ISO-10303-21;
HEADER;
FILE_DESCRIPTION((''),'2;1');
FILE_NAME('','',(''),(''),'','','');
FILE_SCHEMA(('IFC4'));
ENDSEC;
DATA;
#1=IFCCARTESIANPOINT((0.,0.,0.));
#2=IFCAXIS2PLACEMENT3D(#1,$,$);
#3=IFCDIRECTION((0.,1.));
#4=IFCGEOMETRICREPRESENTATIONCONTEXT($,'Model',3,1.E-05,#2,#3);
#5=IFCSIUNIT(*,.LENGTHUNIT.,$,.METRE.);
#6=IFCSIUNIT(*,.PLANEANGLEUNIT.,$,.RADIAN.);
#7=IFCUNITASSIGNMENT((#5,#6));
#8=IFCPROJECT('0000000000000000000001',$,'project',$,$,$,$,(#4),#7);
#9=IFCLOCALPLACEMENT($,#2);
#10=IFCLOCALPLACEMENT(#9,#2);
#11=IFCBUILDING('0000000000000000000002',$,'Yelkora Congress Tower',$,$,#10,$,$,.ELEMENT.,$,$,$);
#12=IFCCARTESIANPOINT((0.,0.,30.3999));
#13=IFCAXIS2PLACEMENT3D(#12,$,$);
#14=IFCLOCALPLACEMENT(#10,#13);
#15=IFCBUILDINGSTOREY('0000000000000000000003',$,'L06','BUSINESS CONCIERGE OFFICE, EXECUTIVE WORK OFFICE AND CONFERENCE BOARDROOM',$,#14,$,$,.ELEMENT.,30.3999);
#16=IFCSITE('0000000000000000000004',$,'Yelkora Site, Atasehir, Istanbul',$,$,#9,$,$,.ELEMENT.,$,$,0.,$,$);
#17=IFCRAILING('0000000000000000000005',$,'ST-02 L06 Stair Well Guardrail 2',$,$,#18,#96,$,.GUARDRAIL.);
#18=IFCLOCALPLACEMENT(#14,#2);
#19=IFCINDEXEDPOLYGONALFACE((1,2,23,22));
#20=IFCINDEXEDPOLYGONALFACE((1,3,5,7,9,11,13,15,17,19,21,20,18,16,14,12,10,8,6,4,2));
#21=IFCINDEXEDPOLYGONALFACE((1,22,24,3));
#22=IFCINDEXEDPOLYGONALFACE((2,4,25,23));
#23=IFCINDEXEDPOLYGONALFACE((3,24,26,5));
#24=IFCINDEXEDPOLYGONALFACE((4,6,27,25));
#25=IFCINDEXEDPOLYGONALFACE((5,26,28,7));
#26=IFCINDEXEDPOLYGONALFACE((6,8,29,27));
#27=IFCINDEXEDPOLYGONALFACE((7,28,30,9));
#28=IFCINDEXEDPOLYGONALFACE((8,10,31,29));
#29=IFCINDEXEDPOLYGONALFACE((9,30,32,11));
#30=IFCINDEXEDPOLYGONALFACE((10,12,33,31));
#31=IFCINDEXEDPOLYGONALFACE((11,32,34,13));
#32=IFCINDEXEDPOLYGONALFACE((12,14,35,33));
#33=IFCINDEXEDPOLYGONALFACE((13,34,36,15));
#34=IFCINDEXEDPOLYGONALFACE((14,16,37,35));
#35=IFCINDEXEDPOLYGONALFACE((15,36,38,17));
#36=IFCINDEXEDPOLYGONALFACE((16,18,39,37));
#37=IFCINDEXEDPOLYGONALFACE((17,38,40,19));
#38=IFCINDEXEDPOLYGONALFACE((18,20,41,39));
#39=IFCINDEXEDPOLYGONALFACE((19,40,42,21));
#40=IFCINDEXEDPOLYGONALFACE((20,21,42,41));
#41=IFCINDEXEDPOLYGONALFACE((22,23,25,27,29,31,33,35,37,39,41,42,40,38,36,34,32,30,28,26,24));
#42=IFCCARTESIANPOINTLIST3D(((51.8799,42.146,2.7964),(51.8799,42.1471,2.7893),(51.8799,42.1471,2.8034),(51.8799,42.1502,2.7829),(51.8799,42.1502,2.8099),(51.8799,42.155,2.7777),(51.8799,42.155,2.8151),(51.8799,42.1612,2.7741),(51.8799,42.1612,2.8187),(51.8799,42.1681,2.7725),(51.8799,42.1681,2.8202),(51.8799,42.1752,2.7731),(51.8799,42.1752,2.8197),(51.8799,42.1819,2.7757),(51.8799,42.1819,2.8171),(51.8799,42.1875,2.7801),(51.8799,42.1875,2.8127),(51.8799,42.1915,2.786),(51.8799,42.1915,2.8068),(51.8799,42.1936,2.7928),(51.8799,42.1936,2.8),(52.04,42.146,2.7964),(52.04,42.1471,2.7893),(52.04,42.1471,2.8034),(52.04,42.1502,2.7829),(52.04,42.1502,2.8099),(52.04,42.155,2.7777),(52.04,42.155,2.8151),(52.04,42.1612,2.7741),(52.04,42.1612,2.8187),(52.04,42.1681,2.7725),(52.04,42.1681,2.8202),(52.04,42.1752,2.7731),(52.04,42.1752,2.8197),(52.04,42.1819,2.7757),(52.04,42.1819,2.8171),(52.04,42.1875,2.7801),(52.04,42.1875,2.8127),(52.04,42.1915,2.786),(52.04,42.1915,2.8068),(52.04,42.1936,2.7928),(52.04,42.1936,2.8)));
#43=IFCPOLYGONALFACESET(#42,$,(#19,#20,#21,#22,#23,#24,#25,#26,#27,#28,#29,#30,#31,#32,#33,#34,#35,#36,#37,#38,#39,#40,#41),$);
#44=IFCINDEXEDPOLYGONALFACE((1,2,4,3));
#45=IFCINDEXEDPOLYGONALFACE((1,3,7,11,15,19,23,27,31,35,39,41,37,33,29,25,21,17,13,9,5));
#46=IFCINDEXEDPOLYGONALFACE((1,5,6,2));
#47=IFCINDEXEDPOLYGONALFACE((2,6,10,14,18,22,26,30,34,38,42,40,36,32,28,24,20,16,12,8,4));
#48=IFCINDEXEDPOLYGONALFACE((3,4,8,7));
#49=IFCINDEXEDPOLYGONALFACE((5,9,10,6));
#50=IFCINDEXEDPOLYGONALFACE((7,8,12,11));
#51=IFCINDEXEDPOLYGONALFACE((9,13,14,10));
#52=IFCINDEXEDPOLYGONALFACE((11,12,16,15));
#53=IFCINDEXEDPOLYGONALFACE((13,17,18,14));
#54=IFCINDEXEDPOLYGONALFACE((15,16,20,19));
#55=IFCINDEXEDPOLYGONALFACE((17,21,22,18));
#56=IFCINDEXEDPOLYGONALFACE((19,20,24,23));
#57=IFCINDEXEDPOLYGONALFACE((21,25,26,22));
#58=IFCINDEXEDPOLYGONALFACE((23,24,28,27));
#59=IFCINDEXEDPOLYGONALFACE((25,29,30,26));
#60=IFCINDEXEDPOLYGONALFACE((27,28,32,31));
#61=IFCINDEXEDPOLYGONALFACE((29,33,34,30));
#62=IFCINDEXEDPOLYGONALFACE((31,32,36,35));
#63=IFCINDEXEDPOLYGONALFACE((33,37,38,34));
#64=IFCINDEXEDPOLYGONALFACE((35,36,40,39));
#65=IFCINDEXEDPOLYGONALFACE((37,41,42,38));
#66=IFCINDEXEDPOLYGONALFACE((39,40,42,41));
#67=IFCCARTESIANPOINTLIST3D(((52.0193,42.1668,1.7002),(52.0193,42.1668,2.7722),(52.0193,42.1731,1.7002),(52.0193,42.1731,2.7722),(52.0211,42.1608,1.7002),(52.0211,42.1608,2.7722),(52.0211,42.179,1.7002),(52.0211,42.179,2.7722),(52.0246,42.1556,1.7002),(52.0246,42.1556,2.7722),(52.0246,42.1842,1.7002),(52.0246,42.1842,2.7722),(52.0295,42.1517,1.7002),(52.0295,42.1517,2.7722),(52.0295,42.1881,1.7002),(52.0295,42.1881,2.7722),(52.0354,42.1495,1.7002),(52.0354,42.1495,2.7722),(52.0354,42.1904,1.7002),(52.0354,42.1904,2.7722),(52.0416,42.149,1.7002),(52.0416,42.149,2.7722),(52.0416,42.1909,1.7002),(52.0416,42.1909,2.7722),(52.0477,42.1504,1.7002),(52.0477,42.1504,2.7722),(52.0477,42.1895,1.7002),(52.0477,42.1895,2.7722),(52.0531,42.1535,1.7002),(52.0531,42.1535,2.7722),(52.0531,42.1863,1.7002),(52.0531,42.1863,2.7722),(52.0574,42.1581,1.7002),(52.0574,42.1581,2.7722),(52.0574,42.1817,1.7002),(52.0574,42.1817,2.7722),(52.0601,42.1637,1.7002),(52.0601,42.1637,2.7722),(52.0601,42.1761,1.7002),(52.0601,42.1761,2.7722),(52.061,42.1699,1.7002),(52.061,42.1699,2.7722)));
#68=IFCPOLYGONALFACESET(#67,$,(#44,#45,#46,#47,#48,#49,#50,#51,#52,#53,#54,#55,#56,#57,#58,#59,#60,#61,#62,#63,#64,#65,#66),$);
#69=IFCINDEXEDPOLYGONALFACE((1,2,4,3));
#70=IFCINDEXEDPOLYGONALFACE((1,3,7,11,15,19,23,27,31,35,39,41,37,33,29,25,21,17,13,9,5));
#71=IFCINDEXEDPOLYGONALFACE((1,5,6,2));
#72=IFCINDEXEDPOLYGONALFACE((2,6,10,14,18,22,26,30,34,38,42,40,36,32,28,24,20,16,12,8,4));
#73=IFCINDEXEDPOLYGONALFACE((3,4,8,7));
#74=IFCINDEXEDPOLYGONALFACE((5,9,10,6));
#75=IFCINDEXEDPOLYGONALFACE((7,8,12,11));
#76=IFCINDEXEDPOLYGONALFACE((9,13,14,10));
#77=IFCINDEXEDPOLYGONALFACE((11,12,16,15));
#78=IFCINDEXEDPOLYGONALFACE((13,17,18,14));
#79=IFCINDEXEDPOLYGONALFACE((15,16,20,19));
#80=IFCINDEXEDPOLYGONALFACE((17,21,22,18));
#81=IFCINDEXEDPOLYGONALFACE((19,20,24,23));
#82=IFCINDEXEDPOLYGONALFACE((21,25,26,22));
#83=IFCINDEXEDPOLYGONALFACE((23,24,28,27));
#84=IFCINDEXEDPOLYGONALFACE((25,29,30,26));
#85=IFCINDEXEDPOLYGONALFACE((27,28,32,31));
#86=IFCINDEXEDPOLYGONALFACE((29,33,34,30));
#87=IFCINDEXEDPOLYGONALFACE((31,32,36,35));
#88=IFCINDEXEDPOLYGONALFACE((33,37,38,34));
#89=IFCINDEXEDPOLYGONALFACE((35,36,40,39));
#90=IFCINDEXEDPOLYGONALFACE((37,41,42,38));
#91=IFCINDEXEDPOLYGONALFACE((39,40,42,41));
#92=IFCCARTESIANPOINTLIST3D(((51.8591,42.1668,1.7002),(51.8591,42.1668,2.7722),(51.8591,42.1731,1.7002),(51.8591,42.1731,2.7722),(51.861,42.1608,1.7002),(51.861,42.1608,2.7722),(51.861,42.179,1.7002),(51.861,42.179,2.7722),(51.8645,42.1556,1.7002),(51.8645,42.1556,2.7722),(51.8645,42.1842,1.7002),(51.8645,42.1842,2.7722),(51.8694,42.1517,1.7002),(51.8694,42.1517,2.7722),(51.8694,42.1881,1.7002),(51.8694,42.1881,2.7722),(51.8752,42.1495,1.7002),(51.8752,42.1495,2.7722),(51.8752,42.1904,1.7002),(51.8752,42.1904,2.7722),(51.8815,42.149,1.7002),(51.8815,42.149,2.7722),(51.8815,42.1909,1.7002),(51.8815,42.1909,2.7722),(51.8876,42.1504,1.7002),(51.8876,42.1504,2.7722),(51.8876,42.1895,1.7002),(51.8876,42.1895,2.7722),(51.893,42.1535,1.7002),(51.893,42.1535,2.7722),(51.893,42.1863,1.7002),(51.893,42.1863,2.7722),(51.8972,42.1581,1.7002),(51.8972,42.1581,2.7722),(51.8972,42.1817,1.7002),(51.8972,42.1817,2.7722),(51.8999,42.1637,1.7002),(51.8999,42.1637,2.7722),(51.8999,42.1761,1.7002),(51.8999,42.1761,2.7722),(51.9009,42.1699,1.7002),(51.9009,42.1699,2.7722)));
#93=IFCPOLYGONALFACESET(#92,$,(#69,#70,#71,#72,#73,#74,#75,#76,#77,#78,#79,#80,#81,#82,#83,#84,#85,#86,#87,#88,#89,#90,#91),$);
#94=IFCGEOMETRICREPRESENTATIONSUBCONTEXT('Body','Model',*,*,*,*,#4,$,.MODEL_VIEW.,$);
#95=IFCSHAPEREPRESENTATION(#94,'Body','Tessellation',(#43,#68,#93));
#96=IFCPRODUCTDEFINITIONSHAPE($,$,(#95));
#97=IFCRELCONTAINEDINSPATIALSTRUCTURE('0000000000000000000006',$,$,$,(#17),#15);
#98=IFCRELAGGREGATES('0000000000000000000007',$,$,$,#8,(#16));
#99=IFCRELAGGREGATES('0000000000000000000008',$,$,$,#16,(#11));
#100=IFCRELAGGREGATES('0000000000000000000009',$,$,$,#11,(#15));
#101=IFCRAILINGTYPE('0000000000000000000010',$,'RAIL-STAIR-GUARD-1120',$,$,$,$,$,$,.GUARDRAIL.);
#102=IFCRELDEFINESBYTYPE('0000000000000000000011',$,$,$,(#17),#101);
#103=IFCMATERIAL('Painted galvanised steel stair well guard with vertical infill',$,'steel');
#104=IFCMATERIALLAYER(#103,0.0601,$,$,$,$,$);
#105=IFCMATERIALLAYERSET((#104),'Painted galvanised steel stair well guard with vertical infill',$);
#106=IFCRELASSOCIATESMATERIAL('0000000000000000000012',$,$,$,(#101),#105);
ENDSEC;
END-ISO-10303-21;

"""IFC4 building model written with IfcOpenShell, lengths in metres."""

from ifc_helpers import new_model, si_unit, direction, frame, origin, origin_2d, place, context, subcontext, project, spatial, circle, extrude, material, layer, layer_set, type_object, element, save


model = new_model("IFC4")

# Units and contexts
model_context = context("Model", 3, precision=1e-05, world=origin(), true_north=direction((0.0, 1.0)))
body_context = subcontext(model_context, "Body", "Model", "MODEL_VIEW")
ifc_project = project(units=[si_unit("LENGTHUNIT", "METRE"), si_unit("PLANEANGLEUNIT", "RADIAN")], contexts=[model_context])

# Site, building, storey
site_placement = place(None, origin())
site = spatial("IfcSite", under=ifc_project, at=site_placement, Name="Yelkora Site, Atasehir, Istanbul", CompositionType="ELEMENT", RefElevation=0.0)
building_placement = place(site_placement, origin())
building = spatial("IfcBuilding", under=site, at=building_placement, Name="Yelkora Congress Tower", CompositionType="ELEMENT")
storey_placement = place(building_placement, frame((0.0, 0.0, 30.3999)))
storey = spatial("IfcBuildingStorey", under=building, at=storey_placement, Name="L06", Description="BUSINESS CONCIERGE OFFICE, EXECUTIVE WORK OFFICE AND CONFERENCE BOARDROOM", CompositionType="ELEMENT", Elevation=30.3999)

# Railing
ifc_material_1 = material(Name="Painted galvanised steel stair well guard with vertical infill", Category="steel")
ifc_layer_1 = layer(ifc_material_1, 0.0601)
ifc_layer_set_1 = layer_set([ifc_layer_1], Name="Painted galvanised steel stair well guard with vertical infill")
railing_type_1 = type_object("IfcRailingType", Name="RAIL-STAIR-GUARD-1120", PredefinedType="GUARDRAIL", material=ifc_layer_set_1)
railing_1_placement = place(storey_placement, frame((52.04, 42.1699, 1.7002)))
element("IfcRailing", 1, at=railing_1_placement, inside=storey, type_object=railing_type_1, Name="ST-02 L06 Stair Well Guardrail 2", PredefinedType="GUARDRAIL", context=body_context, shape_type="SweptSolid", body=[
    extrude(circle(Radius=0.0239, at=origin_2d()), frame((0.0, 0.0, 1.0962), z_axis=(-1.0, 0.0, 0.0), x_axis=(0.0, -1.0, 0.0)), (0.0, 0.0, 1.0), 0.1602),
    extrude(circle(Radius=0.021, at=origin_2d()), origin(), (0.0, 0.0, 1.0), 1.072),
    extrude(circle(Radius=0.021, at=origin_2d()), frame((-0.1602, 0.0, 0.0)), (0.0, 0.0, 1.0), 1.072),
])

save(model, "model.ifc")
